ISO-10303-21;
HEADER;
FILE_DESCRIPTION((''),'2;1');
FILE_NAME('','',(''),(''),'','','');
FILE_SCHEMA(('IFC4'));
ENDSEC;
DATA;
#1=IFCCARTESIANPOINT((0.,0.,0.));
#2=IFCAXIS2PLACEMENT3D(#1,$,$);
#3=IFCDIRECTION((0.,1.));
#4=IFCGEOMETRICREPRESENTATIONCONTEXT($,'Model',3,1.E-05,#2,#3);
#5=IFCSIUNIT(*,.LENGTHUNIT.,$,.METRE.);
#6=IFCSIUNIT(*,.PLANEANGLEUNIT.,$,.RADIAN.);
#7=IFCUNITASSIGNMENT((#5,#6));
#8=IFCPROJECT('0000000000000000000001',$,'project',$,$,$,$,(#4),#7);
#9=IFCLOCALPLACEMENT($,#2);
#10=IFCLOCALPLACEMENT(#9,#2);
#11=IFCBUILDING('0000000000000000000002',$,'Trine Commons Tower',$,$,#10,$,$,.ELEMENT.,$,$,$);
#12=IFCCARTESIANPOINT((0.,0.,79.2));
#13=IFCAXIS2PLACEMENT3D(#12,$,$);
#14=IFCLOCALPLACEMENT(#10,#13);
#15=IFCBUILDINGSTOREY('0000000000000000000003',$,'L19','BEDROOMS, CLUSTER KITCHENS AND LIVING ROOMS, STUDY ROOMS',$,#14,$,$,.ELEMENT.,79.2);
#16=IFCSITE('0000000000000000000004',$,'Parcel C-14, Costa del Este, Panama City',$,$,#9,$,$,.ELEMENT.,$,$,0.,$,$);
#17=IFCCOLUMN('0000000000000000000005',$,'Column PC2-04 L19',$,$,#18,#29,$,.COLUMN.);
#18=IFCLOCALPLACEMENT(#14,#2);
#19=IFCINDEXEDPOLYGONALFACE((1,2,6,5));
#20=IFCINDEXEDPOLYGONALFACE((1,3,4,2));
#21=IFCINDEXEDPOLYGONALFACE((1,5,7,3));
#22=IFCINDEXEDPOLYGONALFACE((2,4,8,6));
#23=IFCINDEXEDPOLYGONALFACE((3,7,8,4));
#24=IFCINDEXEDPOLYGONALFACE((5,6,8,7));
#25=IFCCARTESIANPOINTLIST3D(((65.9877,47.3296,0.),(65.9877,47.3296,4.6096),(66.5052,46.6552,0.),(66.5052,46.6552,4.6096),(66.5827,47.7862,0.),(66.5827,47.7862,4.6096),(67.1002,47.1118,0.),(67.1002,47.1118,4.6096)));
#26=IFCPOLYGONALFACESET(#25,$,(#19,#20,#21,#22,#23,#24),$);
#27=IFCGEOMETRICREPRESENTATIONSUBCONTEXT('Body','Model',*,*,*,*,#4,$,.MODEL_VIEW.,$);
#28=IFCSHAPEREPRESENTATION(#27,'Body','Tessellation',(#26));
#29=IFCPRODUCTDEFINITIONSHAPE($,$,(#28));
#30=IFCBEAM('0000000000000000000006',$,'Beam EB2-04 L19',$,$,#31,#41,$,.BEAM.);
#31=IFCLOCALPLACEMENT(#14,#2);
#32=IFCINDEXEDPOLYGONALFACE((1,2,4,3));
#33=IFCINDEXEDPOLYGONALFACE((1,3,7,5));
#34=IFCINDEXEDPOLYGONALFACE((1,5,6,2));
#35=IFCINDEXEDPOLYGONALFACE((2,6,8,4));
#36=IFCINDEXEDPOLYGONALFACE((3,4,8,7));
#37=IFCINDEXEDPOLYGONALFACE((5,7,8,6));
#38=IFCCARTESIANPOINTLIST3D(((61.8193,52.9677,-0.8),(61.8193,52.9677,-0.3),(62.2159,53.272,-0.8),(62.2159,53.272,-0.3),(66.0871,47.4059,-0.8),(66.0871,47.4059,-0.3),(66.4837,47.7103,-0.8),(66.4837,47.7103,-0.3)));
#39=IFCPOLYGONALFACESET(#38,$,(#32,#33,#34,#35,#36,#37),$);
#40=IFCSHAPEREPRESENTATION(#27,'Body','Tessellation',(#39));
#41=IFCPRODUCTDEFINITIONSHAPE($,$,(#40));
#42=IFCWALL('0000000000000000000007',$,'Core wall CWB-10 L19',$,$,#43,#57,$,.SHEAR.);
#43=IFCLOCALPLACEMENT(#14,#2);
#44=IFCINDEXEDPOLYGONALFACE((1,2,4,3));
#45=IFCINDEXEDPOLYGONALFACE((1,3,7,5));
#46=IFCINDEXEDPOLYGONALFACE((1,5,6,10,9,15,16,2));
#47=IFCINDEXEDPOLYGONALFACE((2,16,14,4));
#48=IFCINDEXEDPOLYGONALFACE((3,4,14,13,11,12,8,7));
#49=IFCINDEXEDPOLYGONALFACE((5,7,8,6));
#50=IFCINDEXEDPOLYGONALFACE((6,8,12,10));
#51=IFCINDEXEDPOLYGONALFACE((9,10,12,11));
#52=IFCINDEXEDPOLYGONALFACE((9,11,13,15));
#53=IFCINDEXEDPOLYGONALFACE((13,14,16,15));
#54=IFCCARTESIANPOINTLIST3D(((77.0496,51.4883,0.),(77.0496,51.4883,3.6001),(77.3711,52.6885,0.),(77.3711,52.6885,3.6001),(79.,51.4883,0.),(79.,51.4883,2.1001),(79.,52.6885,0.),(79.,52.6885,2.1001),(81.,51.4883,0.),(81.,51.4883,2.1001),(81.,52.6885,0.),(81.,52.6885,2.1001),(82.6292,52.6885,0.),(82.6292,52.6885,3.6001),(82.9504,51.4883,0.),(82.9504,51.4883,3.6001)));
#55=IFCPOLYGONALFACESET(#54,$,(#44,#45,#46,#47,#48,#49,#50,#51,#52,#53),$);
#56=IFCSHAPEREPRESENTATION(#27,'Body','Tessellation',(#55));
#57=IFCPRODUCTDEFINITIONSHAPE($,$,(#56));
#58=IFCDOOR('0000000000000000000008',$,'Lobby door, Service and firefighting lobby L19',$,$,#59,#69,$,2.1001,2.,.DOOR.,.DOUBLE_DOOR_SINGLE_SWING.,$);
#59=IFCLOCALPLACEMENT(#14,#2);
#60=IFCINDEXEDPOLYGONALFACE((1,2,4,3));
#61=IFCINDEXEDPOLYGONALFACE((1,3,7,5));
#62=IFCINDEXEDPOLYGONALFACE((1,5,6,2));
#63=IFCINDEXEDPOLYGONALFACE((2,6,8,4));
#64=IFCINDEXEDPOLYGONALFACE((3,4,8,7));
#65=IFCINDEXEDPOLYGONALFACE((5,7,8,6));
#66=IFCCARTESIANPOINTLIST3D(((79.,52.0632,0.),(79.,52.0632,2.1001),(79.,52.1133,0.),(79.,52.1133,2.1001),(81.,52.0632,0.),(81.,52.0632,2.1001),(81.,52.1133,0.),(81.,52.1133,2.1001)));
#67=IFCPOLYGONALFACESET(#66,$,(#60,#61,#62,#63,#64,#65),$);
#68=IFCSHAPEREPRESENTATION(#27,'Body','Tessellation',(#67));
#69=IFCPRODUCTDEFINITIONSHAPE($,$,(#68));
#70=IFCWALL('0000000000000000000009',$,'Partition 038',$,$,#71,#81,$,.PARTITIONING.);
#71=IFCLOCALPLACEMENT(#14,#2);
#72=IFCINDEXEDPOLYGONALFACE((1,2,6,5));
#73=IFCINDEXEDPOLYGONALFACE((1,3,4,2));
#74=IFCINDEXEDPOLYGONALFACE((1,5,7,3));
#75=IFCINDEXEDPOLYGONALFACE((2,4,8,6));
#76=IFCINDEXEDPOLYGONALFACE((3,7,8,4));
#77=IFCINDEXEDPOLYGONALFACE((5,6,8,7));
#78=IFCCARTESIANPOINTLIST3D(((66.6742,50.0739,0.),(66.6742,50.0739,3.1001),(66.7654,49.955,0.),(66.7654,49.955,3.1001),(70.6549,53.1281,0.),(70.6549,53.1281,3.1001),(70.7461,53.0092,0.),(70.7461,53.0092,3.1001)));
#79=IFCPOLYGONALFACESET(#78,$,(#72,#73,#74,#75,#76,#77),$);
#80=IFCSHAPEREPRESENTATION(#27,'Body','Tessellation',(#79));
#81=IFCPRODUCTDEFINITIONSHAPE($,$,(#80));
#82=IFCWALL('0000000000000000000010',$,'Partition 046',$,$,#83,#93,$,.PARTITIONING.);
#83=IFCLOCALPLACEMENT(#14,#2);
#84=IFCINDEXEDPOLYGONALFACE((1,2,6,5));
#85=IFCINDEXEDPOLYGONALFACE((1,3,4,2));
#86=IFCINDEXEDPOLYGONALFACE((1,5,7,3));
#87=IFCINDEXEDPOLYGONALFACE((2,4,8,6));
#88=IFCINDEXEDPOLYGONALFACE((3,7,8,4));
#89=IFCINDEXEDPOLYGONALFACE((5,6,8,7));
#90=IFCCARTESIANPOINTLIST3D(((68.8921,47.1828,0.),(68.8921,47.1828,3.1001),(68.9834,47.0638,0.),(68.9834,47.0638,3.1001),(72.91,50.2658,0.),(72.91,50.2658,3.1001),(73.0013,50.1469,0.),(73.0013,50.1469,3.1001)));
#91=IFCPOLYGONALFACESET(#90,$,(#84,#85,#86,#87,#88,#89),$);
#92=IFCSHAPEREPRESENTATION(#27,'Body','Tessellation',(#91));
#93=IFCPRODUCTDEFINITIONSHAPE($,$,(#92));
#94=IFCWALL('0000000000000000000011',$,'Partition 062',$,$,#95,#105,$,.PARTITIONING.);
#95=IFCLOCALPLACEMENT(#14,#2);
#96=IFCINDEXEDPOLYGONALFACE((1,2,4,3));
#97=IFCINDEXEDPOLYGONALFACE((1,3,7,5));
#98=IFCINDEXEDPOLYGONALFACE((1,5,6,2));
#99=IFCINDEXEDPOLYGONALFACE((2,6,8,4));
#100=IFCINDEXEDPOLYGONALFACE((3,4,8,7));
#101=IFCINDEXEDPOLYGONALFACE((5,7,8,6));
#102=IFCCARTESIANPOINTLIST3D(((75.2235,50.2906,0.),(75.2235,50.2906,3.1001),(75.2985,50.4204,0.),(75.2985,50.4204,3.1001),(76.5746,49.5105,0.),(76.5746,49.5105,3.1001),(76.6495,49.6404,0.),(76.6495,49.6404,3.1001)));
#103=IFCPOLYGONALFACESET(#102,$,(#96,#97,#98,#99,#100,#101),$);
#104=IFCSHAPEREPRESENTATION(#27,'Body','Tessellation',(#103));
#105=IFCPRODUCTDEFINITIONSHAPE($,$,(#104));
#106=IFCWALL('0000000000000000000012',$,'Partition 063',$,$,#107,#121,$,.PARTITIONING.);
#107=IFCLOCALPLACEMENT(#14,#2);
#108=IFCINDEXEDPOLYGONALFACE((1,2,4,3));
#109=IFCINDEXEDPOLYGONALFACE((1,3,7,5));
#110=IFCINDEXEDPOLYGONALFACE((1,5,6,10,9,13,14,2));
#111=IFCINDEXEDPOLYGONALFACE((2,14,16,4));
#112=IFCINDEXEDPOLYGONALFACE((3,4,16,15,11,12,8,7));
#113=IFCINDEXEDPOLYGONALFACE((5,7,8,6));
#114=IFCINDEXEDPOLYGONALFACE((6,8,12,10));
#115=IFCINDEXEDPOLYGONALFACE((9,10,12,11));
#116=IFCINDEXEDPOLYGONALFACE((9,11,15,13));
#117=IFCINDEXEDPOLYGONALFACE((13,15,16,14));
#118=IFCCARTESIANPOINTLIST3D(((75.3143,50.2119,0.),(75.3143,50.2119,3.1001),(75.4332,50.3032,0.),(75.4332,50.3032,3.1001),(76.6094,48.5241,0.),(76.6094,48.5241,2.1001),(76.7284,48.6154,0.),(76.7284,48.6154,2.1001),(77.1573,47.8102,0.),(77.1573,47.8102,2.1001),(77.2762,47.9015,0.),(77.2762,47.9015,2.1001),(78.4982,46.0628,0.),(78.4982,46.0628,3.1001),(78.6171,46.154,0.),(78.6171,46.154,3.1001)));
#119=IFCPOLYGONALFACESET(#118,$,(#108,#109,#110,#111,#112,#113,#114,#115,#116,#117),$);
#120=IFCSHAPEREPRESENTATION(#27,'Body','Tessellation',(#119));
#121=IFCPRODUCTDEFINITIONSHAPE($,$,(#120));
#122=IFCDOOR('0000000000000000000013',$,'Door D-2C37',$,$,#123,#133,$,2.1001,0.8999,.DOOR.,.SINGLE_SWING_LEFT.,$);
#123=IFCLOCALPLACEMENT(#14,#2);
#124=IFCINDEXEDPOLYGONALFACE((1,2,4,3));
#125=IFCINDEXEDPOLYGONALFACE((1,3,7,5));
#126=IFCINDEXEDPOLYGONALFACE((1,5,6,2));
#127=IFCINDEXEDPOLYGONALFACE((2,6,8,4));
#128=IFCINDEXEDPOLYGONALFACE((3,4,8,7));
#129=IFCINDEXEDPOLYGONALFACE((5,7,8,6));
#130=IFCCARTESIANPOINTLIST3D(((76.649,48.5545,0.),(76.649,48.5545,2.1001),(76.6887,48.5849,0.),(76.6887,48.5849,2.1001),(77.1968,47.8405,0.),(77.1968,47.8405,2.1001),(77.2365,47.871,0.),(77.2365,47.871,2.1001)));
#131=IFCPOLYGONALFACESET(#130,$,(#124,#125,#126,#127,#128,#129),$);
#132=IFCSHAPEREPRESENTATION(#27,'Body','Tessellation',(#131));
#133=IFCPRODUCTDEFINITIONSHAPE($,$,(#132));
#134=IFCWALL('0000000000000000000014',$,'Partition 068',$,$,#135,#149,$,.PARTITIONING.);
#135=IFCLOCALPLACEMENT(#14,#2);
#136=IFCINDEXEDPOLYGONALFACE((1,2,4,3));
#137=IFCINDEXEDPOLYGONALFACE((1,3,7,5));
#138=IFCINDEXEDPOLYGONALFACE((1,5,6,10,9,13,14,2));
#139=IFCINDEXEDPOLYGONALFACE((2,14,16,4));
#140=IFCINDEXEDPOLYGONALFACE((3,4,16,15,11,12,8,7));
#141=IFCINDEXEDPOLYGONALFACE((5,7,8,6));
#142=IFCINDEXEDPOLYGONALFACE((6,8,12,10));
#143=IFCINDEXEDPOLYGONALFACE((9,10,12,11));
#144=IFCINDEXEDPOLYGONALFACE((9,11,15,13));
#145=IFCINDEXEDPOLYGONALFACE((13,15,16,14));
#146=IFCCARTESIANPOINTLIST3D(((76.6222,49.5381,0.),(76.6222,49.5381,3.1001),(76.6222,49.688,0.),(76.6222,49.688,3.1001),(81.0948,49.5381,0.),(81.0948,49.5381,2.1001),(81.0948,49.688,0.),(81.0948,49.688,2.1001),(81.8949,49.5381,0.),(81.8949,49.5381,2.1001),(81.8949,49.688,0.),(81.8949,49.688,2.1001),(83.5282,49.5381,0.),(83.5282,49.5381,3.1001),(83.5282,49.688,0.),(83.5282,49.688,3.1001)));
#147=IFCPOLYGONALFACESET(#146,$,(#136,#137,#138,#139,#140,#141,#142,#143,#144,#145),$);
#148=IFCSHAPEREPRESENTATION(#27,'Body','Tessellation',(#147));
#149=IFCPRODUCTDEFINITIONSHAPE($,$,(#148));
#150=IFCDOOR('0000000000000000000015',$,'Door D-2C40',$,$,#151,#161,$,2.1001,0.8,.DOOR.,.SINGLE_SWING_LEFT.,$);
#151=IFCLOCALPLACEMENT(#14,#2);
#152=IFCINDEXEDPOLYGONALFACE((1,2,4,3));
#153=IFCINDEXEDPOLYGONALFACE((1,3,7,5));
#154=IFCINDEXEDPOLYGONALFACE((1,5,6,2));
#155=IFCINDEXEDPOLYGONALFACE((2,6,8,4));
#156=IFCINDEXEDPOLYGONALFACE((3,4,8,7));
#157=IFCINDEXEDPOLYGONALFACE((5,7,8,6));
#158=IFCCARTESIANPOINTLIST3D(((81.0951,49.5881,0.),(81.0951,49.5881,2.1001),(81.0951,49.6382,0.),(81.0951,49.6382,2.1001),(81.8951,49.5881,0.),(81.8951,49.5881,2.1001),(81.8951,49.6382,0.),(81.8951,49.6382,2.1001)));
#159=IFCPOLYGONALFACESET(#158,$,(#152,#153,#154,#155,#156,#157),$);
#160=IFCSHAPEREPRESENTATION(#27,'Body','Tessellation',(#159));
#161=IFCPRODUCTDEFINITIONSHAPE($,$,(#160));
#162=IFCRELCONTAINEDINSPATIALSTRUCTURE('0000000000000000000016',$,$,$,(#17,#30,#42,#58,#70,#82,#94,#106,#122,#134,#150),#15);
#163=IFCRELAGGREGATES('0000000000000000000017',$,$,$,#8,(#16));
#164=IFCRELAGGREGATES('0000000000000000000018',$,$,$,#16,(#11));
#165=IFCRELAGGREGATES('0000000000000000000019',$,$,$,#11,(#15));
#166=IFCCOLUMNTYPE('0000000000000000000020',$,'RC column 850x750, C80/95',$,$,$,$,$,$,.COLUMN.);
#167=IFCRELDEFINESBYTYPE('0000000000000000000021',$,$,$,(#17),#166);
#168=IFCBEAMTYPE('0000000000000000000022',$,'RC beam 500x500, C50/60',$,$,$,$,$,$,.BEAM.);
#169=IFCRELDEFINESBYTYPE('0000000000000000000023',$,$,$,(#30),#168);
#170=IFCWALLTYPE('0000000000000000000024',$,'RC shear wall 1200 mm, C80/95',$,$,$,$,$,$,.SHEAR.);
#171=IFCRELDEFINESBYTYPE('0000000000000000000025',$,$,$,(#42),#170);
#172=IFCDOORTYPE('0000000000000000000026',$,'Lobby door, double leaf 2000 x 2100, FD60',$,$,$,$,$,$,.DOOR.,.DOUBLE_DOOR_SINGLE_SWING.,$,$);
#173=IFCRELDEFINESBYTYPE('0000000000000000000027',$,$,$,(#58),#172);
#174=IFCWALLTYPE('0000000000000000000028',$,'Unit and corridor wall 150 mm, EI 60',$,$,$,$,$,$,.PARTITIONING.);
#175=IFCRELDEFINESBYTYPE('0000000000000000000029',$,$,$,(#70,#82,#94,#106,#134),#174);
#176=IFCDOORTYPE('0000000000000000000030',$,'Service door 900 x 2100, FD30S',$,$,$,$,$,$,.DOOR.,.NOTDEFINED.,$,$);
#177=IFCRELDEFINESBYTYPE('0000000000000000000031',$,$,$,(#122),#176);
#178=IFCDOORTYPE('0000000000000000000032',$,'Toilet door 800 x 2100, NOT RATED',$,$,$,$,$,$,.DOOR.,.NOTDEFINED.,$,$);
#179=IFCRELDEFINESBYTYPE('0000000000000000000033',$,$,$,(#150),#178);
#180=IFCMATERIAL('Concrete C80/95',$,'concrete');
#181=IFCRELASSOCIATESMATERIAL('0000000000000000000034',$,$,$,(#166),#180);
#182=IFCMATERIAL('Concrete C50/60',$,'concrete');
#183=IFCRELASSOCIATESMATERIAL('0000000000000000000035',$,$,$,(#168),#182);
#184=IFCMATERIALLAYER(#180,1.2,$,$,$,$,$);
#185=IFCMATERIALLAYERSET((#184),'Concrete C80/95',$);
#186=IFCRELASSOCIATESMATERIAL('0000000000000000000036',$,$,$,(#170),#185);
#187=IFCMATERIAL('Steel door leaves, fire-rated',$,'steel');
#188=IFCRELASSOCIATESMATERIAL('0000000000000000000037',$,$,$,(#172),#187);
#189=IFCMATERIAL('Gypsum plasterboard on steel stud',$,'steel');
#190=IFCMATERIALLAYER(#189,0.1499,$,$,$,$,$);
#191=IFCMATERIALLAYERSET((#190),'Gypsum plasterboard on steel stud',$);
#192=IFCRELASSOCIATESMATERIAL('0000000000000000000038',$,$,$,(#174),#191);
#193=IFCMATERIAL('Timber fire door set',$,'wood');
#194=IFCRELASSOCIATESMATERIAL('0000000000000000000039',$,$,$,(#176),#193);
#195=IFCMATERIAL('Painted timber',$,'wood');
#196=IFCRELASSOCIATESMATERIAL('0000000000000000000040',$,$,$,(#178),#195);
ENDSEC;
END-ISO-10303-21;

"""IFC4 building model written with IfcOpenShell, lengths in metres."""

from ifc_helpers import new_model, si_unit, direction, frame, frame_2d, origin, origin_2d, place, context, subcontext, project, spatial, polyline, rectangle, outline, extrude, material, layer, layer_set, material_profile, profile_set, type_object, element, fill, save


model = new_model("IFC4")

# Units and contexts
model_context = context("Model", 3, precision=1e-05, world=origin(), true_north=direction((0.0, 1.0)))
body_context = subcontext(model_context, "Body", "Model", "MODEL_VIEW")
ifc_project = project(units=[si_unit("LENGTHUNIT", "METRE"), si_unit("PLANEANGLEUNIT", "RADIAN")], contexts=[model_context])

# Site, building, storey
site_placement = place(None, origin())
site = spatial("IfcSite", under=ifc_project, at=site_placement, Name="Parcel C-14, Costa del Este, Panama City", CompositionType="ELEMENT", RefElevation=0.0)
building_placement = place(site_placement, origin())
building = spatial("IfcBuilding", under=site, at=building_placement, Name="Trine Commons Tower", CompositionType="ELEMENT")
storey_placement = place(building_placement, frame((0.0, 0.0, 79.2)))
storey = spatial("IfcBuildingStorey", under=building, at=storey_placement, Name="L19", Description="BEDROOMS, CLUSTER KITCHENS AND LIVING ROOMS, STUDY ROOMS", CompositionType="ELEMENT", Elevation=79.2)

# Column
ifc_material_1 = material(Name="Concrete C80/95", Category="concrete")
ifc_material_profile_1 = material_profile(ifc_material_1, rectangle(XDim=0.8501, YDim=0.75, at=origin_2d()), Name="RC 850x750")
ifc_profile_set_1 = profile_set([ifc_material_profile_1], Name="Concrete C80/95")
column_type = type_object("IfcColumnType", Name="RC column 850x750, C80/95", PredefinedType="COLUMN", material=ifc_profile_set_1)
column_placement = place(storey_placement, frame((66.5439, 47.2207, 0.0), z_axis=(0.0, 0.0, 1.0), x_axis=(-0.608761, 0.793353, 0.0)))
element("IfcColumn", 1, at=column_placement, inside=storey, type_object=column_type, Name="Column PC2-04 L19", PredefinedType="COLUMN", context=body_context, shape_type="SweptSolid", body=[
    extrude(rectangle(XDim=0.8501, YDim=0.75, at=origin_2d()), origin(), (0.0, 0.0, 1.0), 4.6096),
])

# Beam
ifc_material_2 = material(Name="Concrete C50/60", Category="concrete")
ifc_material_profile_2 = material_profile(ifc_material_2, rectangle(XDim=0.5, YDim=0.5, at=origin_2d()), Name="RC 500x500")
ifc_profile_set_2 = profile_set([ifc_material_profile_2], Name="Concrete C50/60")
beam_type = type_object("IfcBeamType", Name="RC beam 500x500, C50/60", PredefinedType="BEAM", material=ifc_profile_set_2)
beam_placement = place(storey_placement, frame((66.2854, 47.5581, -0.55), z_axis=(-0.608773, 0.793345, 0.0), x_axis=(-0.793345, -0.608773, 0.0)))
element("IfcBeam", 2, at=beam_placement, inside=storey, type_object=beam_type, Name="Beam EB2-04 L19", PredefinedType="BEAM", context=body_context, shape_type="SweptSolid", body=[
    extrude(rectangle(XDim=0.5, YDim=0.5, at=origin_2d()), origin(), (0.0, 0.0, 1.0), 7.0105),
])

# Wall, opening, door
ifc_layer_1 = layer(ifc_material_1, 1.2)
ifc_layer_set_1 = layer_set([ifc_layer_1], Name="Concrete C80/95")
wall_type_1 = type_object("IfcWallType", Name="RC shear wall 1200 mm, C80/95", PredefinedType="SHEAR", material=ifc_layer_set_1)
wall_1_placement = place(storey_placement, frame((77.0496, 52.0884, 0.0), z_axis=(0.0, 0.0, 1.0), x_axis=(1.0, 0.0, 0.0)))
wall_1 = element("IfcWall", 3, at=wall_1_placement, inside=storey, type_object=wall_type_1, Name="Core wall CWB-10 L19", PredefinedType="SHEAR", context=body_context, shape_type="SweptSolid", body=[
    extrude(outline(polyline([(0.0, -0.6001), (5.9009, -0.6001), (5.5796, 0.6001), (0.3215, 0.6001), (0.0, -0.6001)])), origin(), (0.0, 0.0, 1.0), 3.6001),
])
opening_1_placement = place(wall_1_placement, frame((1.9504, 0.0, 0.0)))
opening_1 = element("IfcOpeningElement", 4, at=opening_1_placement, cuts=wall_1, PredefinedType="OPENING", context=body_context, shape_type="SweptSolid", body=[
    extrude(rectangle(XDim=2.0, YDim=2.1001, at=frame_2d((1.0, 1.05))), frame((0.0, 0.6099, 0.0), z_axis=(0.0, -1.0, 0.0), x_axis=(1.0, 0.0, 0.0)), (0.0, 0.0, 1.0), 1.22),
])
ifc_material_3 = material(Name="Steel door leaves, fire-rated", Category="steel")
door_type_1 = type_object("IfcDoorType", Name="Lobby door, double leaf 2000 x 2100, FD60", OperationType="DOUBLE_DOOR_SINGLE_SWING", PredefinedType="DOOR", material=ifc_material_3)
door_1_placement = place(opening_1_placement, origin())
door_1 = element("IfcDoor", 5, at=door_1_placement, inside=storey, type_object=door_type_1, Name="Lobby door, Service and firefighting lobby L19", OperationType="DOUBLE_DOOR_SINGLE_SWING", OverallHeight=2.1001, OverallWidth=2.0, PredefinedType="DOOR", context=body_context, shape_type="SweptSolid", body=[
    extrude(rectangle(XDim=2.0, YDim=2.1001, at=frame_2d((1.0, 1.05))), frame((0.0, 0.0249, 0.0), z_axis=(0.0, -1.0, 0.0), x_axis=(1.0, 0.0, 0.0)), (0.0, 0.0, 1.0), 0.05),
])
fill(opening_1, door_1)

# Walls
ifc_material_4 = material(Name="Gypsum plasterboard on steel stud", Category="steel")
ifc_layer_2 = layer(ifc_material_4, 0.1499)
ifc_layer_set_2 = layer_set([ifc_layer_2], Name="Gypsum plasterboard on steel stud")
wall_type_2 = type_object("IfcWallType", Name="Unit and corridor wall 150 mm, EI 60", PredefinedType="PARTITIONING", material=ifc_layer_set_2)
wall_2_placement = place(storey_placement, frame((66.7197, 50.0144, 0.0), z_axis=(0.0, 0.0, 1.0), x_axis=(0.793383, 0.608723, 0.0)))
element("IfcWall", 6, at=wall_2_placement, inside=storey, type_object=wall_type_2, Name="Partition 038", PredefinedType="PARTITIONING", context=body_context, shape_type="SweptSolid", body=[
    extrude(rectangle(XDim=5.0173, YDim=0.1499, at=frame_2d((2.5088, 0.0))), origin(), (0.0, 0.0, 1.0), 3.1001),
])
wall_3_placement = place(storey_placement, frame((68.9377, 47.1233, 0.0), z_axis=(0.0, 0.0, 1.0), x_axis=(0.793351, 0.608764, 0.0)))
element("IfcWall", 7, at=wall_3_placement, inside=storey, type_object=wall_type_2, Name="Partition 046", PredefinedType="PARTITIONING", context=body_context, shape_type="SweptSolid", body=[
    extrude(rectangle(XDim=5.0645, YDim=0.1499, at=frame_2d((2.5322, 0.0))), origin(), (0.0, 0.0, 1.0), 3.1001),
])
wall_4_placement = place(storey_placement, frame((75.261, 50.3555, 0.0), z_axis=(0.0, 0.0, 1.0), x_axis=(0.866029, -0.499993, 0.0)))
element("IfcWall", 8, at=wall_4_placement, inside=storey, type_object=wall_type_2, Name="Partition 062", PredefinedType="PARTITIONING", context=body_context, shape_type="SweptSolid", body=[
    extrude(rectangle(XDim=1.5601, YDim=0.1499, at=frame_2d((0.78, 0.0))), origin(), (0.0, 0.0, 1.0), 3.1001),
])

# Walls, openings, doors
wall_5_placement = place(storey_placement, frame((75.3738, 50.2576, 0.0), z_axis=(0.0, 0.0, 1.0), x_axis=(0.60877, -0.793347, 0.0)))
wall_5 = element("IfcWall", 9, at=wall_5_placement, inside=storey, type_object=wall_type_2, Name="Partition 063", PredefinedType="PARTITIONING", context=body_context, shape_type="SweptSolid", body=[
    extrude(rectangle(XDim=5.23, YDim=0.1499, at=frame_2d((2.615, 0.0))), origin(), (0.0, 0.0, 1.0), 3.1001),
])
opening_2_placement = place(wall_5_placement, frame((2.1274, 0.0, 0.0)))
opening_2 = element("IfcOpeningElement", 10, at=opening_2_placement, cuts=wall_5, PredefinedType="OPENING", context=body_context, shape_type="SweptSolid", body=[
    extrude(rectangle(XDim=0.8999, YDim=2.1001, at=frame_2d((0.45, 1.05))), frame((0.0, 0.085, 0.0), z_axis=(0.0, -1.0, 0.0), x_axis=(1.0, 0.0, 0.0)), (0.0, 0.0, 1.0), 0.1699),
])
ifc_material_5 = material(Name="Timber fire door set", Category="wood")
door_type_2 = type_object("IfcDoorType", Name="Service door 900 x 2100, FD30S", OperationType="NOTDEFINED", PredefinedType="DOOR", material=ifc_material_5)
door_2_placement = place(opening_2_placement, origin())
door_2 = element("IfcDoor", 11, at=door_2_placement, inside=storey, type_object=door_type_2, Name="Door D-2C37", OperationType="SINGLE_SWING_LEFT", OverallHeight=2.1001, OverallWidth=0.8999, PredefinedType="DOOR", context=body_context, shape_type="SweptSolid", body=[
    extrude(rectangle(XDim=0.8999, YDim=2.1001, at=frame_2d((0.45, 1.05))), frame((0.0, 0.0249, 0.0), z_axis=(0.0, -1.0, 0.0), x_axis=(1.0, 0.0, 0.0)), (0.0, 0.0, 1.0), 0.05),
])
fill(opening_2, door_2)
wall_6_placement = place(storey_placement, frame((76.6221, 49.613, 0.0), z_axis=(0.0, 0.0, 1.0), x_axis=(1.0, 0.0, 0.0)))
wall_6 = element("IfcWall", 12, at=wall_6_placement, inside=storey, type_object=wall_type_2, Name="Partition 068", PredefinedType="PARTITIONING", context=body_context, shape_type="SweptSolid", body=[
    extrude(rectangle(XDim=6.906, YDim=0.1499, at=frame_2d((3.4531, 0.0))), origin(), (0.0, 0.0, 1.0), 3.1001),
])
opening_3_placement = place(wall_6_placement, frame((4.4729, 0.0, 0.0)))
opening_3 = element("IfcOpeningElement", 13, at=opening_3_placement, cuts=wall_6, PredefinedType="OPENING", context=body_context, shape_type="SweptSolid", body=[
    extrude(rectangle(XDim=0.8, YDim=2.1001, at=frame_2d((0.3999, 1.05))), frame((0.0, 0.085, 0.0), z_axis=(0.0, -1.0, 0.0), x_axis=(1.0, 0.0, 0.0)), (0.0, 0.0, 1.0), 0.1699),
])
ifc_material_6 = material(Name="Painted timber", Category="wood")
door_type_3 = type_object("IfcDoorType", Name="Toilet door 800 x 2100, NOT RATED", OperationType="NOTDEFINED", PredefinedType="DOOR", material=ifc_material_6)
door_3_placement = place(opening_3_placement, frame((0.8, 0.0, 0.0), z_axis=(0.0, 0.0, 1.0), x_axis=(-1.0, 0.0, 0.0)))
door_3 = element("IfcDoor", 14, at=door_3_placement, inside=storey, type_object=door_type_3, Name="Door D-2C40", OperationType="SINGLE_SWING_LEFT", OverallHeight=2.1001, OverallWidth=0.8, PredefinedType="DOOR", context=body_context, shape_type="SweptSolid", body=[
    extrude(rectangle(XDim=0.8, YDim=2.1001, at=frame_2d((0.3999, 1.05))), frame((0.0, 0.0249, 0.0), z_axis=(0.0, -1.0, 0.0), x_axis=(1.0, 0.0, 0.0)), (0.0, 0.0, 1.0), 0.05),
])
fill(opening_3, door_3)

save(model, "model.ifc")
